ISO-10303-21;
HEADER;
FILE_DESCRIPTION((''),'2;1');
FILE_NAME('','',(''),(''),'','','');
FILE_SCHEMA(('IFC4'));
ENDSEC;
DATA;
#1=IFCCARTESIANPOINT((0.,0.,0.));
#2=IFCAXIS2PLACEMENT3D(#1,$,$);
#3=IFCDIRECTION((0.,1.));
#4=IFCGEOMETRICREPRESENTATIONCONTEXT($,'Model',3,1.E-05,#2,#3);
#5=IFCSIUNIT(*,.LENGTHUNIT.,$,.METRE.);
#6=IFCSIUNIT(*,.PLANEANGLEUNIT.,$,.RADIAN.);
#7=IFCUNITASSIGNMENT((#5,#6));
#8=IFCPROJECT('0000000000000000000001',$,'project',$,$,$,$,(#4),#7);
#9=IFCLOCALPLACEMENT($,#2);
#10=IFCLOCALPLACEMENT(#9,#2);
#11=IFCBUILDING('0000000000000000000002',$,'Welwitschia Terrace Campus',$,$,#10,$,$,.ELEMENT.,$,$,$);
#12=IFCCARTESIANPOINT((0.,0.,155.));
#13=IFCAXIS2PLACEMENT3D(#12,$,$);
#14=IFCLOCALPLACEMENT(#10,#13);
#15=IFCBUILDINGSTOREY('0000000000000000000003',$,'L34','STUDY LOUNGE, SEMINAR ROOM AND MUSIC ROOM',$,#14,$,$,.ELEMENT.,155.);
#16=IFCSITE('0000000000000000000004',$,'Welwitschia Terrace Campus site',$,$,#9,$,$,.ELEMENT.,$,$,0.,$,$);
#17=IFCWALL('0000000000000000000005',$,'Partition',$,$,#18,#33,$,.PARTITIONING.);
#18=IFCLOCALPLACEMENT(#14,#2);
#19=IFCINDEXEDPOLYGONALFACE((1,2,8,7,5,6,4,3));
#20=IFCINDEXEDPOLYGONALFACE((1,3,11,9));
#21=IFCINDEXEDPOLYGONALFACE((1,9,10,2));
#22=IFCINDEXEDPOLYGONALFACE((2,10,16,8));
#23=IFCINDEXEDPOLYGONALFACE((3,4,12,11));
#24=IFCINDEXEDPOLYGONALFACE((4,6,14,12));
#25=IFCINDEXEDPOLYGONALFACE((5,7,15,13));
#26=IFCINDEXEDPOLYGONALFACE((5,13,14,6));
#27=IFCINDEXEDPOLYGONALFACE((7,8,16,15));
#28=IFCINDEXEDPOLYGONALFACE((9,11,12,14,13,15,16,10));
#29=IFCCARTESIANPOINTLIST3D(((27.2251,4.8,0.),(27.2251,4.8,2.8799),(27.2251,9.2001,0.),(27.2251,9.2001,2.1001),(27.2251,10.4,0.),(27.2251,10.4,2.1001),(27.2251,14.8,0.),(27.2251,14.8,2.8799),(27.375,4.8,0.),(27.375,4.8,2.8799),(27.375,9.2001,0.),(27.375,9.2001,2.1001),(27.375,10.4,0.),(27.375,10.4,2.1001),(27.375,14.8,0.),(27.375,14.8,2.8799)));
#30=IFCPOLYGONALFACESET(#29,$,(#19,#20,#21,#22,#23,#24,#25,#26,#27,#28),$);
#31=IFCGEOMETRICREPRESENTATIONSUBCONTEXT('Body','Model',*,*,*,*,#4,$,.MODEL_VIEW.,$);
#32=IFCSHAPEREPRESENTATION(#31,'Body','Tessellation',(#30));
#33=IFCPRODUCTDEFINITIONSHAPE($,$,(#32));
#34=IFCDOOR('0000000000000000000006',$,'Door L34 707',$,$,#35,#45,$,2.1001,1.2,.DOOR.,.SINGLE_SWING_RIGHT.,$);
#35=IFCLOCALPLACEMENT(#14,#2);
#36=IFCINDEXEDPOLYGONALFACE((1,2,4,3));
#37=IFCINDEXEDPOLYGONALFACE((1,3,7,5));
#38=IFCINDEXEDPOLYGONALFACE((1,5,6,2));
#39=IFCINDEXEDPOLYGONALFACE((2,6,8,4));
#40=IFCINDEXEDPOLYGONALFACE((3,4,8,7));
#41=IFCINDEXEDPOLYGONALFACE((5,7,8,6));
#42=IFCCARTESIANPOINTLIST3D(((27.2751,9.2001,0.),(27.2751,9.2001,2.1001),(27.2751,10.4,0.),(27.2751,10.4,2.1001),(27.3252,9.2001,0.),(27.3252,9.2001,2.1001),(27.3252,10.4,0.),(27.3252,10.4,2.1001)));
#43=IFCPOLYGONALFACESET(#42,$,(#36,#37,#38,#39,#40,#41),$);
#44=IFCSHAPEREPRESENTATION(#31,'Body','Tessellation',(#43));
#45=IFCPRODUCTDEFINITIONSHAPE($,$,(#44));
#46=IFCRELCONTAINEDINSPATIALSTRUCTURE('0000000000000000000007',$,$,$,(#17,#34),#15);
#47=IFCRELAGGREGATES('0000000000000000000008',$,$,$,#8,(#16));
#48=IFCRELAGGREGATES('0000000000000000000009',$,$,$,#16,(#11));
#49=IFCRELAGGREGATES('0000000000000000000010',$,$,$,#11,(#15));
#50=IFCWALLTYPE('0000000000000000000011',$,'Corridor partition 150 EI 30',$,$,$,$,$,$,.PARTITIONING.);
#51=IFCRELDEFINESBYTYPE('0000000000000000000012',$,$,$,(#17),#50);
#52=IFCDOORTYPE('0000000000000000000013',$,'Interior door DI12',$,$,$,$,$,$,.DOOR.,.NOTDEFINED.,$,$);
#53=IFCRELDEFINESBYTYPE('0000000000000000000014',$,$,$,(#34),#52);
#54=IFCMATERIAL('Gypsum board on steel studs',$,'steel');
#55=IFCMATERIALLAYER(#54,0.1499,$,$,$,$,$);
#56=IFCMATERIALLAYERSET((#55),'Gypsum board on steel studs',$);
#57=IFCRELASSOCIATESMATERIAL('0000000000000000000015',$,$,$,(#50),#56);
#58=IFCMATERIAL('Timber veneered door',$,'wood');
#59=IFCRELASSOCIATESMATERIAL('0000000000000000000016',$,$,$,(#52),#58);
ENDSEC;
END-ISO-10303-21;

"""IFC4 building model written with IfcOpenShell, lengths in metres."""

from ifc_helpers import new_model, si_unit, direction, frame, frame_2d, origin, place, context, subcontext, project, spatial, rectangle, extrude, material, layer, layer_set, type_object, element, fill, save


model = new_model("IFC4")

# Units and contexts
model_context = context("Model", 3, precision=1e-05, world=origin(), true_north=direction((0.0, 1.0)))
body_context = subcontext(model_context, "Body", "Model", "MODEL_VIEW")
ifc_project = project(units=[si_unit("LENGTHUNIT", "METRE"), si_unit("PLANEANGLEUNIT", "RADIAN")], contexts=[model_context])

# Site, building, storey
site_placement = place(None, origin())
site = spatial("IfcSite", under=ifc_project, at=site_placement, Name="Welwitschia Terrace Campus site", CompositionType="ELEMENT", RefElevation=0.0)
building_placement = place(site_placement, origin())
building = spatial("IfcBuilding", under=site, at=building_placement, Name="Welwitschia Terrace Campus", CompositionType="ELEMENT")
storey_placement = place(building_placement, frame((0.0, 0.0, 155.0)))
storey = spatial("IfcBuildingStorey", under=building, at=storey_placement, Name="L34", Description="STUDY LOUNGE, SEMINAR ROOM AND MUSIC ROOM", CompositionType="ELEMENT", Elevation=155.0)

# Shared definitions
ifc_material_1 = material(Name="Gypsum board on steel studs", Category="steel")
ifc_layer_1 = layer(ifc_material_1, 0.1499)
ifc_layer_set_1 = layer_set([ifc_layer_1], Name="Gypsum board on steel studs")
wall_type = type_object("IfcWallType", Name="Corridor partition 150 EI 30", PredefinedType="PARTITIONING", material=ifc_layer_set_1)

# Shared definitions
ifc_material_2 = material(Name="Timber veneered door", Category="wood")
door_type = type_object("IfcDoorType", Name="Interior door DI12", OperationType="NOTDEFINED", PredefinedType="DOOR", material=ifc_material_2)

# Wall, opening, door
wall_1_placement = place(storey_placement, frame((27.3, 4.8, 0.0), z_axis=(0.0, 0.0, 1.0), x_axis=(0.0, 1.0, 0.0)))
wall_1 = element("IfcWall", 1, at=wall_1_placement, inside=storey, type_object=wall_type, Name="Partition", PredefinedType="PARTITIONING", context=body_context, shape_type="SweptSolid", body=[
    extrude(rectangle(XDim=10.0, YDim=0.1499, at=frame_2d((5.0, 0.0))), origin(), (0.0, 0.0, 1.0), 2.8799),
])
opening_1_placement = place(wall_1_placement, frame((4.3999, 0.0, 0.0)))
opening_1 = element("IfcOpeningElement", 2, at=opening_1_placement, cuts=wall_1, PredefinedType="OPENING", context=body_context, shape_type="SweptSolid", body=[
    extrude(rectangle(XDim=1.2, YDim=2.1001, at=frame_2d((0.6001, 1.05))), frame((0.0, 0.085, 0.0), z_axis=(0.0, -1.0, 0.0), x_axis=(1.0, 0.0, 0.0)), (0.0, 0.0, 1.0), 0.1699),
])
door_1_placement = place(opening_1_placement, origin())
door_1 = element("IfcDoor", 3, at=door_1_placement, inside=storey, type_object=door_type, Name="Door L34 707", OperationType="SINGLE_SWING_RIGHT", OverallHeight=2.1001, OverallWidth=1.2, PredefinedType="DOOR", context=body_context, shape_type="SweptSolid", body=[
    extrude(rectangle(XDim=1.2, YDim=2.1001, at=frame_2d((0.6001, 1.05))), frame((0.0, 0.0249, 0.0), z_axis=(0.0, -1.0, 0.0), x_axis=(1.0, 0.0, 0.0)), (0.0, 0.0, 1.0), 0.05),
])
fill(opening_1, door_1)

save(model, "model.ifc")
